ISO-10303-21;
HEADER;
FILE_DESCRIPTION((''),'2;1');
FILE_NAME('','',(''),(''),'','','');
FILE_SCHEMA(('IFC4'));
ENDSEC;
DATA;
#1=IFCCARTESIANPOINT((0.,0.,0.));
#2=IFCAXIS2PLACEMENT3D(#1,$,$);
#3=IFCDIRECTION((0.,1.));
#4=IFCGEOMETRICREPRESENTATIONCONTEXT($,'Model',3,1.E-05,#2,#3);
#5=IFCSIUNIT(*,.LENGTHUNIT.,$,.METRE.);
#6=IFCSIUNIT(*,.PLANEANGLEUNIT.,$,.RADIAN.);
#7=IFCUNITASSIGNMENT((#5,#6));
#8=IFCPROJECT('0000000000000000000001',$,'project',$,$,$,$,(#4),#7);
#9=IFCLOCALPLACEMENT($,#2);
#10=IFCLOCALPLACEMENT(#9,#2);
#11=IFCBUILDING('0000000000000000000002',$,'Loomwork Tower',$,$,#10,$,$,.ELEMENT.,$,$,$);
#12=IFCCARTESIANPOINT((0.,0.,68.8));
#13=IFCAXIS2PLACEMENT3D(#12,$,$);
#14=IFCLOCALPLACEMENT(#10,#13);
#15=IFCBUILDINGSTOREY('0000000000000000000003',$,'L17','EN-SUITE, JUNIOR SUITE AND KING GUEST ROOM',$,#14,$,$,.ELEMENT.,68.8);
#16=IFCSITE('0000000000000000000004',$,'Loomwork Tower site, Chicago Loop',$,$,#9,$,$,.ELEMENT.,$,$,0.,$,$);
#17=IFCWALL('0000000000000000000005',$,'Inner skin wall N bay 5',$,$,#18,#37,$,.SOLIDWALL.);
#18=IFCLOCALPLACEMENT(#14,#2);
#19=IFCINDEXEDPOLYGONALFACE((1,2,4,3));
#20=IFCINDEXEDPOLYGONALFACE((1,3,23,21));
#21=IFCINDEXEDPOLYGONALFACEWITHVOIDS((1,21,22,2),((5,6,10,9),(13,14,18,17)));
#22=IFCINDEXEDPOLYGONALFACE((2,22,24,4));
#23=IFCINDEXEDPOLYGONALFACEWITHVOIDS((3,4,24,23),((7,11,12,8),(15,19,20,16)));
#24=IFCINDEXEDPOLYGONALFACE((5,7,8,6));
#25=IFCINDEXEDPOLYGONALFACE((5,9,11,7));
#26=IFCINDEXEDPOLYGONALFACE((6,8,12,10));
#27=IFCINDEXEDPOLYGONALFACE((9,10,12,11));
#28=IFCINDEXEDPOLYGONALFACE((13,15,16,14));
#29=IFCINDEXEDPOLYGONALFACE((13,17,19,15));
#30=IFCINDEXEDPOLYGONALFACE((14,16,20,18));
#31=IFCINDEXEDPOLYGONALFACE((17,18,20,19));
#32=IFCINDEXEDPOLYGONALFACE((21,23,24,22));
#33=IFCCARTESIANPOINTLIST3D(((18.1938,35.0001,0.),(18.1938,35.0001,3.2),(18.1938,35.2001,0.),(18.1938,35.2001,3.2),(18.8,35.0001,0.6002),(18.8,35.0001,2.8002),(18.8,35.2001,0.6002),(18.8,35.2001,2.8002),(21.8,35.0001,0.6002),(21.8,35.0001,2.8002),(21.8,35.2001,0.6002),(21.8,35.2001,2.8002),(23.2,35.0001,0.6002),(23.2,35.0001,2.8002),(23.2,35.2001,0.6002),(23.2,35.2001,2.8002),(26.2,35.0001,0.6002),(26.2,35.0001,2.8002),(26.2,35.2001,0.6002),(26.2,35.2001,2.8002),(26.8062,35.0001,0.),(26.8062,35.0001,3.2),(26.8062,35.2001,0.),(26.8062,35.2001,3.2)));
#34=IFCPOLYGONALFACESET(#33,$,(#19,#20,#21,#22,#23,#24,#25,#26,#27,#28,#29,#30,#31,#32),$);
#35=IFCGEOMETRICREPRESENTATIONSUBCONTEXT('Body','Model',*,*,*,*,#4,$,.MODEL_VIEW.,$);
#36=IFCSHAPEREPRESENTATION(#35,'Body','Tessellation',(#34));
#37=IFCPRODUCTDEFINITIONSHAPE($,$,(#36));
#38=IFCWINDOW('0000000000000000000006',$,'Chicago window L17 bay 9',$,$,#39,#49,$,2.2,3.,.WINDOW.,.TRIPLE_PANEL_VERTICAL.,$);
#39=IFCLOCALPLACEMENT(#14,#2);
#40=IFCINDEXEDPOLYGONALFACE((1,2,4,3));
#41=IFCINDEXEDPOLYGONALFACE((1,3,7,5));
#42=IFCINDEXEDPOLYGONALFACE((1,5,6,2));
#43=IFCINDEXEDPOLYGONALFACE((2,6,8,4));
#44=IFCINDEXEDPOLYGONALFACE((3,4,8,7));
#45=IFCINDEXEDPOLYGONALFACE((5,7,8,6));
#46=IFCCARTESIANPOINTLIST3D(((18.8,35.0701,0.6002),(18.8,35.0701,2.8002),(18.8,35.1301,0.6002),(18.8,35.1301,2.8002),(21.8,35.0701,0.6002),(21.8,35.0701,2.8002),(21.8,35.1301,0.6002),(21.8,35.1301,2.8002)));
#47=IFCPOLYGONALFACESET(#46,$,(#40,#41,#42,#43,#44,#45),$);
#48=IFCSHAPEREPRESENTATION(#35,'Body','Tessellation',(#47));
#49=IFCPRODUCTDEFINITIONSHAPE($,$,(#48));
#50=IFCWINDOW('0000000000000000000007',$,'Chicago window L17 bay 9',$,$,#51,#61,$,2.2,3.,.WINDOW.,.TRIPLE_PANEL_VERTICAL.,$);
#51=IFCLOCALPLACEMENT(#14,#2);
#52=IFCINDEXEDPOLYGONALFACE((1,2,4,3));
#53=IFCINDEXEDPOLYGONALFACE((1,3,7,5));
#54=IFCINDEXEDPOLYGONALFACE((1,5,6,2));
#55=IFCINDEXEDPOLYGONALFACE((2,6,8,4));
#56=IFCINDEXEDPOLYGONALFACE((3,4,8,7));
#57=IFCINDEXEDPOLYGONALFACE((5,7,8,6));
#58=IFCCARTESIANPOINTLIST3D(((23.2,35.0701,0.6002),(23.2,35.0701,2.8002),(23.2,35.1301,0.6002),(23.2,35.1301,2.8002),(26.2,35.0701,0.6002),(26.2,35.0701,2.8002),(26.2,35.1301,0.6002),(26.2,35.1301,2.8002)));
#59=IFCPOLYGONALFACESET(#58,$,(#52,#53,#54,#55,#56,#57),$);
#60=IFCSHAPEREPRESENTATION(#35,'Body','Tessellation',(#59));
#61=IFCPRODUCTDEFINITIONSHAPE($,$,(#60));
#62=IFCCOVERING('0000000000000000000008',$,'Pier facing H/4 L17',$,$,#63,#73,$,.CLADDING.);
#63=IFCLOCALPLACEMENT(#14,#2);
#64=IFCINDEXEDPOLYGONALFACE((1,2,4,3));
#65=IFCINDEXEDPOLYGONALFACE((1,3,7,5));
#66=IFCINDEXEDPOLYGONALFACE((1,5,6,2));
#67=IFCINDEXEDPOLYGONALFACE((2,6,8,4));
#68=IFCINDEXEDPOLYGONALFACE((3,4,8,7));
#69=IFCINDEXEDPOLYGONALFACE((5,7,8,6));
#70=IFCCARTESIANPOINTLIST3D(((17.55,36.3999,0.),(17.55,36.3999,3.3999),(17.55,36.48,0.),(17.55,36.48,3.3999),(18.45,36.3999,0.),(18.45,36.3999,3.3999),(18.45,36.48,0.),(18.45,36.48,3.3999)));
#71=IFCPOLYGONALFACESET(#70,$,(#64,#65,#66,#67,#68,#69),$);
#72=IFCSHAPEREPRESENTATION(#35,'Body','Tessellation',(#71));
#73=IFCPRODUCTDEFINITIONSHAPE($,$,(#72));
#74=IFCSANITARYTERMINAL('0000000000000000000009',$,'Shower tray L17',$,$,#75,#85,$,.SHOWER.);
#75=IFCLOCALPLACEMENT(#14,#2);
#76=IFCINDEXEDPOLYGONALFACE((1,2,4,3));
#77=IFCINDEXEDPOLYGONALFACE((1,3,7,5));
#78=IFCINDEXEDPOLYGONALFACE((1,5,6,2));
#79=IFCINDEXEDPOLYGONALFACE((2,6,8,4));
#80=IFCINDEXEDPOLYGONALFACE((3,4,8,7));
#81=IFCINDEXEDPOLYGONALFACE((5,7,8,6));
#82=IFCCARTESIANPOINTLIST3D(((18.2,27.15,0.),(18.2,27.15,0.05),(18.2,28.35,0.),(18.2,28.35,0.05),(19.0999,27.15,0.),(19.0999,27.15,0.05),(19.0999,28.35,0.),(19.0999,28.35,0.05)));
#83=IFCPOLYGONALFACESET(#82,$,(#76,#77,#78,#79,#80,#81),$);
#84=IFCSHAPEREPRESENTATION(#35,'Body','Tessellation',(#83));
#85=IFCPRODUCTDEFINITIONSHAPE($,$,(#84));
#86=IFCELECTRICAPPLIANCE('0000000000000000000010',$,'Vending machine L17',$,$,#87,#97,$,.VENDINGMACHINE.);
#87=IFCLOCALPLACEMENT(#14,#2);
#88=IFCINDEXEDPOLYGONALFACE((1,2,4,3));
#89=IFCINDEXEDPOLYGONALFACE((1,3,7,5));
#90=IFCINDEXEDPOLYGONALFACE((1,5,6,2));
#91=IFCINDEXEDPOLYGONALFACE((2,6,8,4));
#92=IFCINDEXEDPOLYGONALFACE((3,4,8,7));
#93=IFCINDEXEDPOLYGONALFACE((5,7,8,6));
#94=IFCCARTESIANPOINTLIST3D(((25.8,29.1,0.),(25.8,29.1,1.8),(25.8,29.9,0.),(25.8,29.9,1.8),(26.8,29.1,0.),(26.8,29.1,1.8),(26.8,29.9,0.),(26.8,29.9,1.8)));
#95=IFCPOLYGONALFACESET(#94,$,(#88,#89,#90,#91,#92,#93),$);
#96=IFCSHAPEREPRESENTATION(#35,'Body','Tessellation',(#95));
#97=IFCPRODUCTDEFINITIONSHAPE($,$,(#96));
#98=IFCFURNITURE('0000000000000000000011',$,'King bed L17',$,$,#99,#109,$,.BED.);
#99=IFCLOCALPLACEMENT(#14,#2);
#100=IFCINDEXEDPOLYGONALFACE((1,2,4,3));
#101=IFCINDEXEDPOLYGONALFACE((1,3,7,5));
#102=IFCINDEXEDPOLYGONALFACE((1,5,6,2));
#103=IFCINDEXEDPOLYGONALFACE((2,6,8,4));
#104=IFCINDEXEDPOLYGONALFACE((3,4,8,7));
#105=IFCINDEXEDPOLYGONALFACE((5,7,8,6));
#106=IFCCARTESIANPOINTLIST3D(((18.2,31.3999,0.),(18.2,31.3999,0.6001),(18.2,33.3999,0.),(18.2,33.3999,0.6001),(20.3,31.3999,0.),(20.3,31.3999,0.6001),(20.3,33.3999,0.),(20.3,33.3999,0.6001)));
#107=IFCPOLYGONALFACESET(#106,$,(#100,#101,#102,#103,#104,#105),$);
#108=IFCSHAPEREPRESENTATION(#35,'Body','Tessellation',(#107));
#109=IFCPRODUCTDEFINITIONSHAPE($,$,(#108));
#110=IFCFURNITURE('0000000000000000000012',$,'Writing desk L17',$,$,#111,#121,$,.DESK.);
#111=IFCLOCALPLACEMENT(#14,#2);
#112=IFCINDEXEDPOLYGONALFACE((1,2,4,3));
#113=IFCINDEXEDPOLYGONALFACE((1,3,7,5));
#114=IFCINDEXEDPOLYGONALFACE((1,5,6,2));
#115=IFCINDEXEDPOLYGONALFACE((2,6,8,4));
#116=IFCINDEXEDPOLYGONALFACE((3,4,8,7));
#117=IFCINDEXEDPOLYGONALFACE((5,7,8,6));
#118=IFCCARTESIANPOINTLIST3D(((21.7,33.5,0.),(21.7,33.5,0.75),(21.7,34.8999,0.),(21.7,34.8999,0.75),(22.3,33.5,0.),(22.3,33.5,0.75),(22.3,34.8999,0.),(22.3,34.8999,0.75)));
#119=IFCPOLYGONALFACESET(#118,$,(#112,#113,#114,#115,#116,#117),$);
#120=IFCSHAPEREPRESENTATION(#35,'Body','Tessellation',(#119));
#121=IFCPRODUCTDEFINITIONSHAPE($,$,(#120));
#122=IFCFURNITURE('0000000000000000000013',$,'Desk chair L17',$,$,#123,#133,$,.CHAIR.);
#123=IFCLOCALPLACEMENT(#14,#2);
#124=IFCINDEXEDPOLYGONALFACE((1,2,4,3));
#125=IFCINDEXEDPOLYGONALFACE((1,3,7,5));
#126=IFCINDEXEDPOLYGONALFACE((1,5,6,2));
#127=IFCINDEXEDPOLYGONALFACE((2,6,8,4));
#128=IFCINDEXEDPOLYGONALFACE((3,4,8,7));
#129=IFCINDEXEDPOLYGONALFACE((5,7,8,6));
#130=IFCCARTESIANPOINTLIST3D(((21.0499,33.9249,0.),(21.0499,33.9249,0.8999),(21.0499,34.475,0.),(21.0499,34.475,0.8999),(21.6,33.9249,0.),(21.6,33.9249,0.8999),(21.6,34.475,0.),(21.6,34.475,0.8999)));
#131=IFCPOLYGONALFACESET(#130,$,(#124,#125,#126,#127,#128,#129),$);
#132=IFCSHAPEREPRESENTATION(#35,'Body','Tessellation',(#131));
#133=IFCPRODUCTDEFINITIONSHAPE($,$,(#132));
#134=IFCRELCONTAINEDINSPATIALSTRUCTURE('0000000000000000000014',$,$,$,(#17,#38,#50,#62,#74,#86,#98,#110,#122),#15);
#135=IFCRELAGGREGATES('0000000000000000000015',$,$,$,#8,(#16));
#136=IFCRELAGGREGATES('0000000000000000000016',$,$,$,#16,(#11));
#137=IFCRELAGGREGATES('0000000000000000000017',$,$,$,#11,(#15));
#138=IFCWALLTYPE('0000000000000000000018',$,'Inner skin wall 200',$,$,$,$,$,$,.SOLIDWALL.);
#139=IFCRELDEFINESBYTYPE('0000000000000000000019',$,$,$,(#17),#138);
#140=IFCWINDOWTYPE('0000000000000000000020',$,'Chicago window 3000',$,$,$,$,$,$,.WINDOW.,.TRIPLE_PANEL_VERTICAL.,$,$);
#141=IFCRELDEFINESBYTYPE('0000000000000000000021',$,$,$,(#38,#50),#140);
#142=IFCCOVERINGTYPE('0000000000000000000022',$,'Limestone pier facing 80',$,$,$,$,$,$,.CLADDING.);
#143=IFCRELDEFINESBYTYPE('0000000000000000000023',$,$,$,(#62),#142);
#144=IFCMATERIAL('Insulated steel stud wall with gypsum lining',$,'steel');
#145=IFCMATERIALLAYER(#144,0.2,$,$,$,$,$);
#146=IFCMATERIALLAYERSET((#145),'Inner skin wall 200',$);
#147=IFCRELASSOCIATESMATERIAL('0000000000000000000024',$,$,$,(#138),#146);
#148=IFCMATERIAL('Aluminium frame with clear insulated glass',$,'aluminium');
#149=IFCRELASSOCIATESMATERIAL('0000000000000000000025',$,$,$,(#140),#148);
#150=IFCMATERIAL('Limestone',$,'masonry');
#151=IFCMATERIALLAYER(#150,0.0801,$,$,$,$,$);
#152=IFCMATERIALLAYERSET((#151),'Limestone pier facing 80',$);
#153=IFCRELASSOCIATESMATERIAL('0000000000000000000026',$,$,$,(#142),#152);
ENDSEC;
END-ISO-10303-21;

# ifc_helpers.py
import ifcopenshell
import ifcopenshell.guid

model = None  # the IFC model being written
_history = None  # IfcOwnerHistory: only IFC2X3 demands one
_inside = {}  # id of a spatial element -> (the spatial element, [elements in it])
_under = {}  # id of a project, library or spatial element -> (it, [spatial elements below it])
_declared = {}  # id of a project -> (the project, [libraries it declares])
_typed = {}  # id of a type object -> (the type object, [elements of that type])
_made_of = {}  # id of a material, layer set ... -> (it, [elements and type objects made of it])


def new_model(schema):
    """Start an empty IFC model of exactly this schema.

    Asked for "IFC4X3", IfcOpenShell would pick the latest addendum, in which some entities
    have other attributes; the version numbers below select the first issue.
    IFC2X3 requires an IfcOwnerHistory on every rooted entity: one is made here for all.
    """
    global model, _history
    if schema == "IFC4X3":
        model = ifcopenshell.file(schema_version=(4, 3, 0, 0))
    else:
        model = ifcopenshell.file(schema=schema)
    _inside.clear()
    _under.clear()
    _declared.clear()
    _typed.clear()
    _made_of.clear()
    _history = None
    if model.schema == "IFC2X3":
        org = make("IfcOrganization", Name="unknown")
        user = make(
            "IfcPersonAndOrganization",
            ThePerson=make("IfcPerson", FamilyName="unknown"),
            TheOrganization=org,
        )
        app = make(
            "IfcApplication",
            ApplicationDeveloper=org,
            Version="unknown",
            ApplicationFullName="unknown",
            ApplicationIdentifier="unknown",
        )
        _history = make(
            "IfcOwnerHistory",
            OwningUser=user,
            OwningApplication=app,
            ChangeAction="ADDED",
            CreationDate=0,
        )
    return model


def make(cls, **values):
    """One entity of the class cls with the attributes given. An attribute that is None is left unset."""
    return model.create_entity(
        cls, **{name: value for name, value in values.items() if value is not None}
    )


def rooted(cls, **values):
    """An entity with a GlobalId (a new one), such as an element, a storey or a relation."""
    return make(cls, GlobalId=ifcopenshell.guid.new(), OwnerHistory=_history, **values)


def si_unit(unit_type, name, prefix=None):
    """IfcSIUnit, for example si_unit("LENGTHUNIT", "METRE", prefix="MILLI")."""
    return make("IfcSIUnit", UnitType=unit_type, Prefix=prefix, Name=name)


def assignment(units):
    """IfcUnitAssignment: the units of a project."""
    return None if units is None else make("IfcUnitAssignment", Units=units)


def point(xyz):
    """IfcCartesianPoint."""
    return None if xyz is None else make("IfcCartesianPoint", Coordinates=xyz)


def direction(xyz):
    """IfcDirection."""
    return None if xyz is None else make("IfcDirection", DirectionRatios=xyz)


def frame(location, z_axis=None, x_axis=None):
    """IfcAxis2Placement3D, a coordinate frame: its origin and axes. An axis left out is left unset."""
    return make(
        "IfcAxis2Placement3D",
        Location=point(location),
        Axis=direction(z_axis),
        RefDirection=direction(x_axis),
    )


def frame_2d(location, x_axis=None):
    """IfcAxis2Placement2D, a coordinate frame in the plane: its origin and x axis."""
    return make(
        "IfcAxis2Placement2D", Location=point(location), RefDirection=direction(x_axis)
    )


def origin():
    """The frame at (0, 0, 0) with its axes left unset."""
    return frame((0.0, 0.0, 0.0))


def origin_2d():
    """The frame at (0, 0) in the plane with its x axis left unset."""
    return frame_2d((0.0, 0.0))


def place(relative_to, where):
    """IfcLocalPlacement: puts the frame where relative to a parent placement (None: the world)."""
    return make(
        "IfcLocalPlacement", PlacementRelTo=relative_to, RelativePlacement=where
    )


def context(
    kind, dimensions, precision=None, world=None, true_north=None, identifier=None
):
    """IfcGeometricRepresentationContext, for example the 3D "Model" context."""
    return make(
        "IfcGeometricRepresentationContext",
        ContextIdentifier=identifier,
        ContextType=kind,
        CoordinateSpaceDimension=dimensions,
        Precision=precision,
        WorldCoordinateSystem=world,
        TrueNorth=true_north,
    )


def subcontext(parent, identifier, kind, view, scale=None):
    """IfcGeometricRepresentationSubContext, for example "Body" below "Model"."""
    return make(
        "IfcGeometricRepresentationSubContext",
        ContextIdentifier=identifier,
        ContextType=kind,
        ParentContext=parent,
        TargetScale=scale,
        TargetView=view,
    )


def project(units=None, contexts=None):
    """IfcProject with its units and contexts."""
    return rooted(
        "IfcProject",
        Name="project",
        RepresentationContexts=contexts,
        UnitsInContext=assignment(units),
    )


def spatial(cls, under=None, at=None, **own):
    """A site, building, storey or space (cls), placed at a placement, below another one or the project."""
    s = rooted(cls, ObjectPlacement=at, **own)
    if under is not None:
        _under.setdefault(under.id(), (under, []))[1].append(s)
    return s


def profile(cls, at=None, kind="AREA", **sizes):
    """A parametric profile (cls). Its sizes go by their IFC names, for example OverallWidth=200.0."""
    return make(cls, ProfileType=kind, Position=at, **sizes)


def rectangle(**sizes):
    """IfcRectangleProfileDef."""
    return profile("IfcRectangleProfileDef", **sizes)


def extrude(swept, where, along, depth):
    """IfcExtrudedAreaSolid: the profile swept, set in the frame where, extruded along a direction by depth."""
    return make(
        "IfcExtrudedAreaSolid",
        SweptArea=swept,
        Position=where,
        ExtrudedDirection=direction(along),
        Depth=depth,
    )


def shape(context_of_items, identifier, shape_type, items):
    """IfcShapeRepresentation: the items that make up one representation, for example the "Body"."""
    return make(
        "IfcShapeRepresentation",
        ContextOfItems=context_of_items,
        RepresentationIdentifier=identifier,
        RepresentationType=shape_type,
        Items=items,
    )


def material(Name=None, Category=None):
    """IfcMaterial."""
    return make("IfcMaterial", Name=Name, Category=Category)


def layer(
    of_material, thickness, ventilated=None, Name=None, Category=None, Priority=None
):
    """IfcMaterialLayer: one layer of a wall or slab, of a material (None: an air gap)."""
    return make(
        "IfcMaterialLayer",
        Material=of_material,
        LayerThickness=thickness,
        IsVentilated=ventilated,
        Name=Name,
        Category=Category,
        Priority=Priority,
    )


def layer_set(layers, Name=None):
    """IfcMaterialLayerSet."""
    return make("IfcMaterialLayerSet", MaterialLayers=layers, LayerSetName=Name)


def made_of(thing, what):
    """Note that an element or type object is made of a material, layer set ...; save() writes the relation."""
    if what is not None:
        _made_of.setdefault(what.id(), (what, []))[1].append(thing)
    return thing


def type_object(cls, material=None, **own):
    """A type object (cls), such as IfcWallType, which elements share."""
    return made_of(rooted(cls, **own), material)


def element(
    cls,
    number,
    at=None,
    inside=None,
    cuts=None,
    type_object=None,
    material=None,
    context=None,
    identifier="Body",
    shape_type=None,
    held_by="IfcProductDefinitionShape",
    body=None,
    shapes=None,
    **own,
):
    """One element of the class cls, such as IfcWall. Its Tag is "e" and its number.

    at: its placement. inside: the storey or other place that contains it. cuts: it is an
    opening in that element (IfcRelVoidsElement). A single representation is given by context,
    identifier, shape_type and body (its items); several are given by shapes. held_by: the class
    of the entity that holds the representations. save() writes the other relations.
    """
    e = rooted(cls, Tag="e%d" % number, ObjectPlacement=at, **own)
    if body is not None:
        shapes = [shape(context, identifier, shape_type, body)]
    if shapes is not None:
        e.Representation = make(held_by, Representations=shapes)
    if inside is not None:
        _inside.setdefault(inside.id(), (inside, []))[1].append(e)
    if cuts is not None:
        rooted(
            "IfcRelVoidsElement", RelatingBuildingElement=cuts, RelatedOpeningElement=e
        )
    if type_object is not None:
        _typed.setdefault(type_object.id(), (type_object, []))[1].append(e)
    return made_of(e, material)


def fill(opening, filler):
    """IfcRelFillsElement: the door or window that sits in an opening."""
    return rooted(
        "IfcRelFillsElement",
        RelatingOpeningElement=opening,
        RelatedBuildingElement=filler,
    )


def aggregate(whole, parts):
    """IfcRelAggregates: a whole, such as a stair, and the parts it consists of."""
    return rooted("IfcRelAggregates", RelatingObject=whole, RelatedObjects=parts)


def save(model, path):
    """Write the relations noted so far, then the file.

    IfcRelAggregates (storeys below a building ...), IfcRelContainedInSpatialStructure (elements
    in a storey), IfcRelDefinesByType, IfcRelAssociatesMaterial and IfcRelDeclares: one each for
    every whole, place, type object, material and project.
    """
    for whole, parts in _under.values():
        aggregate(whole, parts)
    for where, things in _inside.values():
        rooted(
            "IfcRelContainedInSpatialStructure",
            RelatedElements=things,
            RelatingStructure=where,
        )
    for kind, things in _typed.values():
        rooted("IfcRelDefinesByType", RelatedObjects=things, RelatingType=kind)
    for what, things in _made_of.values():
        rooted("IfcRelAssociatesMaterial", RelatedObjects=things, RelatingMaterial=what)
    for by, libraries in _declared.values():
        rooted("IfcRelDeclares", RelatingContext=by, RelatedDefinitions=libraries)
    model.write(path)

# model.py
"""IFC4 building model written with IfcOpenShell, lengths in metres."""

from ifc_helpers import new_model, si_unit, direction, frame, frame_2d, origin, origin_2d, place, context, subcontext, project, spatial, rectangle, extrude, material, layer, layer_set, type_object, element, fill, save


model = new_model("IFC4")

# Units and contexts
model_context = context("Model", 3, precision=1e-05, world=origin(), true_north=direction((0.0, 1.0)))
body_context = subcontext(model_context, "Body", "Model", "MODEL_VIEW")
ifc_project = project(units=[si_unit("LENGTHUNIT", "METRE"), si_unit("PLANEANGLEUNIT", "RADIAN")], contexts=[model_context])

# Site, building, storey
site_placement = place(None, origin())
site = spatial("IfcSite", under=ifc_project, at=site_placement, Name="Loomwork Tower site, Chicago Loop", CompositionType="ELEMENT", RefElevation=0.0)
building_placement = place(site_placement, origin())
building = spatial("IfcBuilding", under=site, at=building_placement, Name="Loomwork Tower", CompositionType="ELEMENT")
storey_placement = place(building_placement, frame((0.0, 0.0, 68.8)))
storey = spatial("IfcBuildingStorey", under=building, at=storey_placement, Name="L17", Description="EN-SUITE, JUNIOR SUITE AND KING GUEST ROOM", CompositionType="ELEMENT", Elevation=68.8)

# Shared definitions
ifc_material_1 = material(Name="Insulated steel stud wall with gypsum lining", Category="steel")
ifc_layer_1 = layer(ifc_material_1, 0.2)
ifc_layer_set_1 = layer_set([ifc_layer_1], Name="Inner skin wall 200")
wall_type_1 = type_object("IfcWallType", Name="Inner skin wall 200", PredefinedType="SOLIDWALL", material=ifc_layer_set_1)

# Wall, openings, windows
wall_1_placement = place(storey_placement, frame((18.1938, 35.1001, 0.0), z_axis=(0.0, 0.0, 1.0), x_axis=(1.0, 0.0, 0.0)))
wall_1 = element("IfcWall", 1, at=wall_1_placement, inside=storey, type_object=wall_type_1, Name="Inner skin wall N bay 5", PredefinedType="SOLIDWALL", context=body_context, shape_type="SweptSolid", body=[
    extrude(rectangle(XDim=8.6123, YDim=0.2, at=frame_2d((4.3062, 0.0))), origin(), (0.0, 0.0, 1.0), 3.2),
])
opening_1_placement = place(wall_1_placement, frame((0.6062, 0.0, 0.6001)))
opening_1 = element("IfcOpeningElement", 2, at=opening_1_placement, cuts=wall_1, PredefinedType="OPENING", context=body_context, shape_type="SweptSolid", body=[
    extrude(rectangle(XDim=3.0, YDim=2.2, at=frame_2d((1.5, 1.1001))), frame((0.0, 0.1099, 0.0), z_axis=(0.0, -1.0, 0.0), x_axis=(1.0, 0.0, 0.0)), (0.0, 0.0, 1.0), 0.22),
])
opening_2_placement = place(wall_1_placement, frame((5.0061, 0.0, 0.6001)))
opening_2 = element("IfcOpeningElement", 3, at=opening_2_placement, cuts=wall_1, PredefinedType="OPENING", context=body_context, shape_type="SweptSolid", body=[
    extrude(rectangle(XDim=3.0, YDim=2.2, at=frame_2d((1.5, 1.1001))), frame((0.0, 0.1099, 0.0), z_axis=(0.0, -1.0, 0.0), x_axis=(1.0, 0.0, 0.0)), (0.0, 0.0, 1.0), 0.22),
])
ifc_material_2 = material(Name="Aluminium frame with clear insulated glass", Category="aluminium")
window_type = type_object("IfcWindowType", Name="Chicago window 3000", PartitioningType="TRIPLE_PANEL_VERTICAL", PredefinedType="WINDOW", material=ifc_material_2)
window_1_placement = place(opening_1_placement, origin())
window_1 = element("IfcWindow", 4, at=window_1_placement, inside=storey, type_object=window_type, Name="Chicago window L17 bay 9", OverallHeight=2.2, OverallWidth=3.0, PartitioningType="TRIPLE_PANEL_VERTICAL", PredefinedType="WINDOW", context=body_context, shape_type="SweptSolid", body=[
    extrude(rectangle(XDim=3.0, YDim=2.2, at=frame_2d((1.5, 1.1001))), frame((0.0, 0.03, 0.0), z_axis=(0.0, -1.0, 0.0), x_axis=(1.0, 0.0, 0.0)), (0.0, 0.0, 1.0), 0.0601),
])
fill(opening_1, window_1)
window_2_placement = place(opening_2_placement, origin())
window_2 = element("IfcWindow", 5, at=window_2_placement, inside=storey, type_object=window_type, Name="Chicago window L17 bay 9", OverallHeight=2.2, OverallWidth=3.0, PartitioningType="TRIPLE_PANEL_VERTICAL", PredefinedType="WINDOW", context=body_context, shape_type="SweptSolid", body=[
    extrude(rectangle(XDim=3.0, YDim=2.2, at=frame_2d((1.5, 1.1001))), frame((0.0, 0.03, 0.0), z_axis=(0.0, -1.0, 0.0), x_axis=(1.0, 0.0, 0.0)), (0.0, 0.0, 1.0), 0.0601),
])
fill(opening_2, window_2)

# Covering
ifc_material_3 = material(Name="Limestone", Category="masonry")
ifc_layer_2 = layer(ifc_material_3, 0.0801)
ifc_layer_set_2 = layer_set([ifc_layer_2], Name="Limestone pier facing 80")
covering_type = type_object("IfcCoveringType", Name="Limestone pier facing 80", PredefinedType="CLADDING", material=ifc_layer_set_2)
covering_placement = place(storey_placement, frame((18.0, 36.4399, 0.0), z_axis=(0.0, 0.0, 1.0), x_axis=(1.0, 0.0, 0.0)))
element("IfcCovering", 6, at=covering_placement, inside=storey, type_object=covering_type, Name="Pier facing H/4 L17", PredefinedType="CLADDING", context=body_context, shape_type="SweptSolid", body=[
    extrude(rectangle(XDim=0.8999, YDim=0.0801, at=origin_2d()), origin(), (0.0, 0.0, 1.0), 3.3999),
])

# Sanitary terminal
sanitary_terminal_placement = place(storey_placement, frame((18.6499, 27.75, 0.0), z_axis=(0.0, 0.0, 1.0), x_axis=(1.0, 0.0, 0.0)))
element("IfcSanitaryTerminal", 7, at=sanitary_terminal_placement, inside=storey, Name="Shower tray L17", PredefinedType="SHOWER", context=body_context, shape_type="SweptSolid", body=[
    extrude(rectangle(XDim=0.8999, YDim=1.2, at=origin_2d()), origin(), (0.0, 0.0, 1.0), 0.05),
])

# Electric appliance
electric_appliance_placement = place(storey_placement, frame((26.3, 29.5, 0.0), z_axis=(0.0, 0.0, 1.0), x_axis=(1.0, 0.0, 0.0)))
element("IfcElectricAppliance", 8, at=electric_appliance_placement, inside=storey, Name="Vending machine L17", PredefinedType="VENDINGMACHINE", context=body_context, shape_type="SweptSolid", body=[
    extrude(rectangle(XDim=1.0, YDim=0.8, at=origin_2d()), origin(), (0.0, 0.0, 1.0), 1.8),
])

# Furniture
furniture_1_placement = place(storey_placement, frame((19.25, 32.3999, 0.0), z_axis=(0.0, 0.0, 1.0), x_axis=(1.0, 0.0, 0.0)))
element("IfcFurniture", 9, at=furniture_1_placement, inside=storey, Name="King bed L17", PredefinedType="BED", context=body_context, shape_type="SweptSolid", body=[
    extrude(rectangle(XDim=2.1001, YDim=2.0, at=origin_2d()), origin(), (0.0, 0.0, 1.0), 0.6001),
])
furniture_2_placement = place(storey_placement, frame((22.0, 34.2, 0.0), z_axis=(0.0, 0.0, 1.0), x_axis=(1.0, 0.0, 0.0)))
element("IfcFurniture", 10, at=furniture_2_placement, inside=storey, Name="Writing desk L17", PredefinedType="DESK", context=body_context, shape_type="SweptSolid", body=[
    extrude(rectangle(XDim=0.6001, YDim=1.3999, at=origin_2d()), origin(), (0.0, 0.0, 1.0), 0.75),
])
furniture_3_placement = place(storey_placement, frame((21.325, 34.2, 0.0), z_axis=(0.0, 0.0, 1.0), x_axis=(1.0, 0.0, 0.0)))
element("IfcFurniture", 11, at=furniture_3_placement, inside=storey, Name="Desk chair L17", PredefinedType="CHAIR", context=body_context, shape_type="SweptSolid", body=[
    extrude(rectangle(XDim=0.55, YDim=0.55, at=origin_2d()), origin(), (0.0, 0.0, 1.0), 0.8999),
])

save(model, "model.ifc")
